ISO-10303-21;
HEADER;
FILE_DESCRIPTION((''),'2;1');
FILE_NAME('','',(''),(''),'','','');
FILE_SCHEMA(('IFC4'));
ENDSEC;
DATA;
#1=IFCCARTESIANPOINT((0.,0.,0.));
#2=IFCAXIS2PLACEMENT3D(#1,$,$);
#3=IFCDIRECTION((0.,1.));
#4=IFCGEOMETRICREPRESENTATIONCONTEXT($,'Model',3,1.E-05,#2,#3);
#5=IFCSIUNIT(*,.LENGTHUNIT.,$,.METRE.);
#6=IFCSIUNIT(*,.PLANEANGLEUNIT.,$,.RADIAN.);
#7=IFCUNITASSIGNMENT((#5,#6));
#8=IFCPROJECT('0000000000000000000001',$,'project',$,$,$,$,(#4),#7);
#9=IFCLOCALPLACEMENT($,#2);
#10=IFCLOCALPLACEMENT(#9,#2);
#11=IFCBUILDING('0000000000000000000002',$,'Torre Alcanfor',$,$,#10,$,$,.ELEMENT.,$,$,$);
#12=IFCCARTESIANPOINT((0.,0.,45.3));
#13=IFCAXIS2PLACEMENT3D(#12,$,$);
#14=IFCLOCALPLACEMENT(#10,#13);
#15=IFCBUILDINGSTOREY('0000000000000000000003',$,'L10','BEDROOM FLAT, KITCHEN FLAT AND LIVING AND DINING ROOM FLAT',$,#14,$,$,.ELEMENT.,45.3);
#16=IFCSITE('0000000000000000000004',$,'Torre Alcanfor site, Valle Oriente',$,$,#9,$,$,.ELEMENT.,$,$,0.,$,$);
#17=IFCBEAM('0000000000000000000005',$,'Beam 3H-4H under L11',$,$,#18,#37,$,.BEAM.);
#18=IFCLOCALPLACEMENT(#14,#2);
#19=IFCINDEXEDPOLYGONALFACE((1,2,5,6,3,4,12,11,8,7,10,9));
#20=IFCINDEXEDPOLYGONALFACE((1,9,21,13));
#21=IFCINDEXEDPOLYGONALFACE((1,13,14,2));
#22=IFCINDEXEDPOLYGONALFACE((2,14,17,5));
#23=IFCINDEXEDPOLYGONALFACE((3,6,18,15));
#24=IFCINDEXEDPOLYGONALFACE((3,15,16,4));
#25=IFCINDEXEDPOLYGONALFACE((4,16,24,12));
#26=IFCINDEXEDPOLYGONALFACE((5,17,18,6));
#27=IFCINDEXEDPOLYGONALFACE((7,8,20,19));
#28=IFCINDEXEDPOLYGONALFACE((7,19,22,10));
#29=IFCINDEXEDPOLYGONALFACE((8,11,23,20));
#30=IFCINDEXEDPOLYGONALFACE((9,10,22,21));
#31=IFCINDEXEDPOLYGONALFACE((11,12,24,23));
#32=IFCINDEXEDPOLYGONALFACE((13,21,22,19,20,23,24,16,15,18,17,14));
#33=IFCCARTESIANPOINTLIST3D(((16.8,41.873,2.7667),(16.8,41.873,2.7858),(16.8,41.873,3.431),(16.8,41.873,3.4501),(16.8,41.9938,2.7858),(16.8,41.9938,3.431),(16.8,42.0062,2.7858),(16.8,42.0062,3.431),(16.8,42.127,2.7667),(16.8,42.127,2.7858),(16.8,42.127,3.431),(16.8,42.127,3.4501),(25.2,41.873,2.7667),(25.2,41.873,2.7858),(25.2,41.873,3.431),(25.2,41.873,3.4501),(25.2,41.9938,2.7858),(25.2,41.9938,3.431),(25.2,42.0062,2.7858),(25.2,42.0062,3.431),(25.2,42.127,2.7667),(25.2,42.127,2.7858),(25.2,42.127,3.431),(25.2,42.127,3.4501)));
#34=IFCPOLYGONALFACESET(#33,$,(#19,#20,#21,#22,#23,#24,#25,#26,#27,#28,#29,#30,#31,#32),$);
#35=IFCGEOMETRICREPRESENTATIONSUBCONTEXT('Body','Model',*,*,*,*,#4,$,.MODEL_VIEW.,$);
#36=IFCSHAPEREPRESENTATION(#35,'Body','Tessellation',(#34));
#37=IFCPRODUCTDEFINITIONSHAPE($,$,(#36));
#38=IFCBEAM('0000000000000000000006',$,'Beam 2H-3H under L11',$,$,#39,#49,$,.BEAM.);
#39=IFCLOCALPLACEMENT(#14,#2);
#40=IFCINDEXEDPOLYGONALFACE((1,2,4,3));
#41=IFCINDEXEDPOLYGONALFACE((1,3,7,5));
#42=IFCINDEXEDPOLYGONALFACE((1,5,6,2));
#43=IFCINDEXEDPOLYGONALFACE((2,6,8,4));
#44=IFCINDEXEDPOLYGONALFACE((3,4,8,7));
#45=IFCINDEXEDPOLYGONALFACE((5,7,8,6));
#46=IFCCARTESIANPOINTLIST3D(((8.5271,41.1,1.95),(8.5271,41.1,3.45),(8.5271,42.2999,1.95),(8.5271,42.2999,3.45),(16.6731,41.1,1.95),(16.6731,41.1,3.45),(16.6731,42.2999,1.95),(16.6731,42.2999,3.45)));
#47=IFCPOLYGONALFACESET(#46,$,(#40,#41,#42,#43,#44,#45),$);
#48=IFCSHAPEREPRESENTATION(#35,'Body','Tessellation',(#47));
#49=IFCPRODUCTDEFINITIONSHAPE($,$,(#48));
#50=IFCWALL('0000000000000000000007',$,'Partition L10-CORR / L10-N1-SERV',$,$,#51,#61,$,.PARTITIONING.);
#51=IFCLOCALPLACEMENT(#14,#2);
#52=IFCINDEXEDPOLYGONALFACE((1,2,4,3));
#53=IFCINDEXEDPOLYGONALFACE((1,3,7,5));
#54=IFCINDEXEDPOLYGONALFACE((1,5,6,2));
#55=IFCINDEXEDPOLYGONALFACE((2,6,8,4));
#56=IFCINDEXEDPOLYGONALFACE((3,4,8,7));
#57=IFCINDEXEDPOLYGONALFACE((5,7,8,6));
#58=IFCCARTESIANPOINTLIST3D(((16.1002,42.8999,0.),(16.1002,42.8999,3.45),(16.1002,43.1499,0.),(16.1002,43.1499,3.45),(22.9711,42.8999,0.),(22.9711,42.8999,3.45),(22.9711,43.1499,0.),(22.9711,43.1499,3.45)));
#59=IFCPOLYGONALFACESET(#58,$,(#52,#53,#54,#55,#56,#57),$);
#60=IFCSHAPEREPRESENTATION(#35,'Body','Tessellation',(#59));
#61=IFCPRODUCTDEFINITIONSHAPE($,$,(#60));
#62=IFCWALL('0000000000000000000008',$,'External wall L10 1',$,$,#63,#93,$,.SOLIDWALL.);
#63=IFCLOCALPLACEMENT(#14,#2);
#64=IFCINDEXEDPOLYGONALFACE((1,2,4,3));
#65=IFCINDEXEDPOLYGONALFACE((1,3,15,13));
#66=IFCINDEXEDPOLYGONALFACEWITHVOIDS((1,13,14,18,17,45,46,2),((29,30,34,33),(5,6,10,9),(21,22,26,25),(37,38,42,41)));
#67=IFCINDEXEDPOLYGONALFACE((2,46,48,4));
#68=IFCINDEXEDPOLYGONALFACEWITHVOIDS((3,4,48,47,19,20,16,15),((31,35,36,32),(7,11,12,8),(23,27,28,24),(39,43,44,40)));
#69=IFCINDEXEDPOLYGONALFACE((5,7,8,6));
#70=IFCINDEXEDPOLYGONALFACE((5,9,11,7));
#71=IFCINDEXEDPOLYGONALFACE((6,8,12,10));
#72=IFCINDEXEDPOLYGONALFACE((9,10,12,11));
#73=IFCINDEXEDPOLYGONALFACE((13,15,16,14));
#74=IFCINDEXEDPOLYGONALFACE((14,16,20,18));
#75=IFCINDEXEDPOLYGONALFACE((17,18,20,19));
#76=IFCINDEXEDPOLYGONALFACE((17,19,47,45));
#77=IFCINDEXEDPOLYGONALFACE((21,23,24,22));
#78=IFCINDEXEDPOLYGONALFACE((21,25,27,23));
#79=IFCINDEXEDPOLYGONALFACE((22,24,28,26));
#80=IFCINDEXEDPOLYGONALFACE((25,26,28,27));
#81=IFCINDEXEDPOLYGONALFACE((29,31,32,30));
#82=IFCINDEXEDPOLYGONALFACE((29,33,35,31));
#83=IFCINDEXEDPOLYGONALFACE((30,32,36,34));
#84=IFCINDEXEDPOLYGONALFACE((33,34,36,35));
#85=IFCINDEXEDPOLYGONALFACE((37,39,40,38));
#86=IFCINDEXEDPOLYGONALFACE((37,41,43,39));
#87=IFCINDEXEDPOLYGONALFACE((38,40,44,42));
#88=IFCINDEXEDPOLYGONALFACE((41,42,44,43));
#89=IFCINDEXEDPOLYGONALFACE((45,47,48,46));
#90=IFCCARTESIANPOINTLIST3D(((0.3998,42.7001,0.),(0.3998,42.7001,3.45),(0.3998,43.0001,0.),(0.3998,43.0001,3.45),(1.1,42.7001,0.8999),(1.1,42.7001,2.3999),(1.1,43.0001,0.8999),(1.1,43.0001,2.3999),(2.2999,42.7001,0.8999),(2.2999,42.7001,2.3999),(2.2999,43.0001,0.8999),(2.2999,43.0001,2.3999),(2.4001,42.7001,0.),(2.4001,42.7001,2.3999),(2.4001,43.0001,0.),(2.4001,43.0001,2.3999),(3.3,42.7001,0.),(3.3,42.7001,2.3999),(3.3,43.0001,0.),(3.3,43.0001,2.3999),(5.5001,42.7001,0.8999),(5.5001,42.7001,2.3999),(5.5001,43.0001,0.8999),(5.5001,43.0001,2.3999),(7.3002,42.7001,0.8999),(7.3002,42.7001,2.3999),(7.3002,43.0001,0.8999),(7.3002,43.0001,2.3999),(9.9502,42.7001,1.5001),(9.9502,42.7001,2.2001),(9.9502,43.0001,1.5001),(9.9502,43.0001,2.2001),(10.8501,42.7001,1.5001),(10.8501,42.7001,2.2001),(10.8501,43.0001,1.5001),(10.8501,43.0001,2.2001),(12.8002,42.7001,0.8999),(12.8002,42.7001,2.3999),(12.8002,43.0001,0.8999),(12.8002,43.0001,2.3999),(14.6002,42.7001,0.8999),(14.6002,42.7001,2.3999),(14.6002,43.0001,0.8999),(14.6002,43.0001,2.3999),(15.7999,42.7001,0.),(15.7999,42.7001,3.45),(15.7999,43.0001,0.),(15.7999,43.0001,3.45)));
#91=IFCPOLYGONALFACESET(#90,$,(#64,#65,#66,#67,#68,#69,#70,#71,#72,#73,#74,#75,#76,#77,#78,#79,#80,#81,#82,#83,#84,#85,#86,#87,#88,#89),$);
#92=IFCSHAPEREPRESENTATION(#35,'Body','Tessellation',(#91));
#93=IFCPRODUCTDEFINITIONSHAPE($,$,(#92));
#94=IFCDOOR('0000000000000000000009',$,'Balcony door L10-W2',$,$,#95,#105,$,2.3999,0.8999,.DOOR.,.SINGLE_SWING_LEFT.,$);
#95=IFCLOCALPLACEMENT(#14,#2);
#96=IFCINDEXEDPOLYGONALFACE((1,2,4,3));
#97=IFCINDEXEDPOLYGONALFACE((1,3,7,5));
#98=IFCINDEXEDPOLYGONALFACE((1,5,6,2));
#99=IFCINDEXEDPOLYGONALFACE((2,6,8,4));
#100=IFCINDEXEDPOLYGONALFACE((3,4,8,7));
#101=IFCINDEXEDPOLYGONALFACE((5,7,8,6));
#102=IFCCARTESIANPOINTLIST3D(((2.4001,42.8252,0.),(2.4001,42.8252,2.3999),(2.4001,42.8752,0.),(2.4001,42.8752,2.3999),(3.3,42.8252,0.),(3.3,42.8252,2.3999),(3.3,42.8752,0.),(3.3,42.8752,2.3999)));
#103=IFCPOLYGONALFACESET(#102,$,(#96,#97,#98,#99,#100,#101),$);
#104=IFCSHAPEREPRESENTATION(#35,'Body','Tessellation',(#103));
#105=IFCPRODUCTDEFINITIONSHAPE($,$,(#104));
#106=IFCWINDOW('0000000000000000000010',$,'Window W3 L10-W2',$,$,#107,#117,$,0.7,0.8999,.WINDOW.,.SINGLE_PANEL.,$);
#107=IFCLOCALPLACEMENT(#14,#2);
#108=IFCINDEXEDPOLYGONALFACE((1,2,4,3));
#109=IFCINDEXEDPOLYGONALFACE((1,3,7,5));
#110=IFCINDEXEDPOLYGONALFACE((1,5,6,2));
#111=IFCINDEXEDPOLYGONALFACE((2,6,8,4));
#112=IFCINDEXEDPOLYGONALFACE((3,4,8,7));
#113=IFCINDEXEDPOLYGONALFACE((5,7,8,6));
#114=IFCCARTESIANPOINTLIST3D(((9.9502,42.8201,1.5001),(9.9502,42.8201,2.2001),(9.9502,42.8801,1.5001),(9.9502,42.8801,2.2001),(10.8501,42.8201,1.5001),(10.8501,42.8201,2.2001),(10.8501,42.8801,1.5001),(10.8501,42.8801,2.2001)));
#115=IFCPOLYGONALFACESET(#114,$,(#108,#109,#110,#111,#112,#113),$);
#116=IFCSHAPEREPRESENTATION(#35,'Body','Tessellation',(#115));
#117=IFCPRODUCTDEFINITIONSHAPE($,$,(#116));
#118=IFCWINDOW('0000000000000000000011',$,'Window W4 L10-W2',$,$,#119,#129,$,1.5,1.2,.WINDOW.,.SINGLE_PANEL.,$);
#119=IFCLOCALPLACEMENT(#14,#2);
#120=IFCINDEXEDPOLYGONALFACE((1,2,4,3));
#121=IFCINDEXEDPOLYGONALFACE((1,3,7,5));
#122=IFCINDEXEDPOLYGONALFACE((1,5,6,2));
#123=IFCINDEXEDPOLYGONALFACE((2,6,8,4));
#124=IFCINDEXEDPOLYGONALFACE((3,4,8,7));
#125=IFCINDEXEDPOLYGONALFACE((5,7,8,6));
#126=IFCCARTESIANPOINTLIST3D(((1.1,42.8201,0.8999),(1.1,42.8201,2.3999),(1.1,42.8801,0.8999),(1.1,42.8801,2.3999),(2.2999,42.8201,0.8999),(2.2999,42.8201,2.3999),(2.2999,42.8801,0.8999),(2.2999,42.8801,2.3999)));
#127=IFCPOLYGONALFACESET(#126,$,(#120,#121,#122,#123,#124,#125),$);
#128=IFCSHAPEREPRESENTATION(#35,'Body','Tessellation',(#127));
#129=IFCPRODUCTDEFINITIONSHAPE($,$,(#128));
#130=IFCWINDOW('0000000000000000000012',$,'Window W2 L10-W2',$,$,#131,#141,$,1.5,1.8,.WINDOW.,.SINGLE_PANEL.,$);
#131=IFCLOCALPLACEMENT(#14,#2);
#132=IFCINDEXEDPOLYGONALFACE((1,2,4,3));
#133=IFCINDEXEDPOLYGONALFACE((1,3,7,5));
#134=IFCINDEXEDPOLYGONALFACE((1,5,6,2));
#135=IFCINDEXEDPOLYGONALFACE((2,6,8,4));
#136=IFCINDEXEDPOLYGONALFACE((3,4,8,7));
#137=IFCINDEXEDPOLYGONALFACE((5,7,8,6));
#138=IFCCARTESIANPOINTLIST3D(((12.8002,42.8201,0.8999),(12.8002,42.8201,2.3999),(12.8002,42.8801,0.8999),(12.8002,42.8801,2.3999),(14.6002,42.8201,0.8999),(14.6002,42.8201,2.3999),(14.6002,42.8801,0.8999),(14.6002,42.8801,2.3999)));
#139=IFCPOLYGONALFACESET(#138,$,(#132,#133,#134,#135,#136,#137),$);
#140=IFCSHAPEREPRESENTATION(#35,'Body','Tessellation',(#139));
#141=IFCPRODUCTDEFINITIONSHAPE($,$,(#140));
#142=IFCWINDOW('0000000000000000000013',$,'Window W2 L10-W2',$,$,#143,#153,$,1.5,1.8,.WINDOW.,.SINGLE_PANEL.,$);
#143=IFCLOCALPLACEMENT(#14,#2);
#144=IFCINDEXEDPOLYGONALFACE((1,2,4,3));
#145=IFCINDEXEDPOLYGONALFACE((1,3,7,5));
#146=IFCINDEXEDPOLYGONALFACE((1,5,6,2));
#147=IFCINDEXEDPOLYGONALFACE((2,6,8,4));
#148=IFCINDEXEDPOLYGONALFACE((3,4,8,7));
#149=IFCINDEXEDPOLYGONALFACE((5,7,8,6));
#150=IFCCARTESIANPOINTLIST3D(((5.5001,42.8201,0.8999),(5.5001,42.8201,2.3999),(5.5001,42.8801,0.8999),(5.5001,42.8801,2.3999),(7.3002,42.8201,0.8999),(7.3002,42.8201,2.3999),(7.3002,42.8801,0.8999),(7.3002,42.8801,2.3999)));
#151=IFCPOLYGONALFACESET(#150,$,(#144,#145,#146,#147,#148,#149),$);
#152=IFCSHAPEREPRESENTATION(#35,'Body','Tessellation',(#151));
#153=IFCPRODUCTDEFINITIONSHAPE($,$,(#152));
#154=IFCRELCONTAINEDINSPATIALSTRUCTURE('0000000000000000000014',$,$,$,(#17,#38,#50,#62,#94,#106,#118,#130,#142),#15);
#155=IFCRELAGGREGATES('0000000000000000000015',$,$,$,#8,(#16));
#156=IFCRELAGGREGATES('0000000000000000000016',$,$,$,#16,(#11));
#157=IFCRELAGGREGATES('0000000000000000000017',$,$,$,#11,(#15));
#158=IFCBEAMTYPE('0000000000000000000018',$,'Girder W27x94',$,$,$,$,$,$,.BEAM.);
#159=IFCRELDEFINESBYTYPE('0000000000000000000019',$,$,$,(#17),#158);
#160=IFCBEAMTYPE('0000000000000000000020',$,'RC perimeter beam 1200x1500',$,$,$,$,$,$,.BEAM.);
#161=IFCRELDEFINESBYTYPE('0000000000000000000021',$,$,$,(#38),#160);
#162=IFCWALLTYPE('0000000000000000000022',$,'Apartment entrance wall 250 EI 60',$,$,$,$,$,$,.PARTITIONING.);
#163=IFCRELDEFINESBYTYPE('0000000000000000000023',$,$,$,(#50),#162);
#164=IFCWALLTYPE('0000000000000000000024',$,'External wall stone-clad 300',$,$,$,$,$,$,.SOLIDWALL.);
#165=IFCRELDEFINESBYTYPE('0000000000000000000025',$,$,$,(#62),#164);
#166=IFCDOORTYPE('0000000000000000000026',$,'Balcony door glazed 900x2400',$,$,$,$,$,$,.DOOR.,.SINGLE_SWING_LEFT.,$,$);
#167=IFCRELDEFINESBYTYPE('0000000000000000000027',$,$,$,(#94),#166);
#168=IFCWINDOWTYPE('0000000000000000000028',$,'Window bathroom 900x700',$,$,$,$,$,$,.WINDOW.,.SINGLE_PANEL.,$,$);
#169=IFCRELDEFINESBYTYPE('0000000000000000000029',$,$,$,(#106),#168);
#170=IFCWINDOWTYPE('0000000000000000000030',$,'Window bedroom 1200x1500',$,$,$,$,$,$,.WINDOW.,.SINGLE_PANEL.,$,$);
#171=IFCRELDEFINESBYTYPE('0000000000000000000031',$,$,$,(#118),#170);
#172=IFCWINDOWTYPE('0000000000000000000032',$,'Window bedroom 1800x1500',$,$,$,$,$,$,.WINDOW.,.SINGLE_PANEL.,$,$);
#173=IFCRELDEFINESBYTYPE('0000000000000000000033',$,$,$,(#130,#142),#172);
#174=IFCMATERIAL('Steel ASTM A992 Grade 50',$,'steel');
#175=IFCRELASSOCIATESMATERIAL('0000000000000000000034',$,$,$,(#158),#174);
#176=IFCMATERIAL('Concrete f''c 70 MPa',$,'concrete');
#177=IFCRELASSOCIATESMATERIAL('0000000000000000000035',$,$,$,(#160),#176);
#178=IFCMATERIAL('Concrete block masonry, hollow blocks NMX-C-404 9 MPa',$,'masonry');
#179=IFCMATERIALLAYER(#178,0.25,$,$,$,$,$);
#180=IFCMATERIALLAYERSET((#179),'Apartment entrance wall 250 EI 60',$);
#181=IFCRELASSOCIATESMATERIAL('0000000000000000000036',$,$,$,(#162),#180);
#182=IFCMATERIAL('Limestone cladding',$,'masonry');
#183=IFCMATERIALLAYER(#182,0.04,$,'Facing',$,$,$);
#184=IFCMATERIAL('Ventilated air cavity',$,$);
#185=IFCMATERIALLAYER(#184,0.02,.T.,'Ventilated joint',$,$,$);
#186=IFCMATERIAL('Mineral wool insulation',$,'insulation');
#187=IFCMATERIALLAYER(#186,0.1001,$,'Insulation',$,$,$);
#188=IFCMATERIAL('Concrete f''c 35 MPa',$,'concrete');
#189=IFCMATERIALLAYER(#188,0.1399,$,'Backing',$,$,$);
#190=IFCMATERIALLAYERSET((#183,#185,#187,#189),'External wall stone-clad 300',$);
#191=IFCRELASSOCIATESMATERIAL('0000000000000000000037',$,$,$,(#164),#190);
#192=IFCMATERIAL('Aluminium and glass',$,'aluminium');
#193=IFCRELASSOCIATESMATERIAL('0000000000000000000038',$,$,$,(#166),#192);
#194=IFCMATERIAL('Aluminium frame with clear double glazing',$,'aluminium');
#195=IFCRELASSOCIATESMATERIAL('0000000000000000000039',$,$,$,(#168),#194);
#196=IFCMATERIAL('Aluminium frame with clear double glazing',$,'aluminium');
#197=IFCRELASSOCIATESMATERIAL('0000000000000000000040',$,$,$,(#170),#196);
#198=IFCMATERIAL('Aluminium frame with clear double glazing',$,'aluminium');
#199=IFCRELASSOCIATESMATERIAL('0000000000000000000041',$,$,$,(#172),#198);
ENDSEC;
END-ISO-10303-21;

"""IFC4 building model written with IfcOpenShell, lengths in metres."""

from ifc_helpers import new_model, si_unit, direction, frame, frame_2d, origin, origin_2d, place, context, subcontext, project, spatial, rectangle, i_section, extrude, material, layer, layer_set, material_profile, profile_set, type_object, element, fill, save


model = new_model("IFC4")

# Units and contexts
model_context = context("Model", 3, precision=1e-05, world=origin(), true_north=direction((0.0, 1.0)))
body_context = subcontext(model_context, "Body", "Model", "MODEL_VIEW")
ifc_project = project(units=[si_unit("LENGTHUNIT", "METRE"), si_unit("PLANEANGLEUNIT", "RADIAN")], contexts=[model_context])

# Site, building, storey
site_placement = place(None, origin())
site = spatial("IfcSite", under=ifc_project, at=site_placement, Name="Torre Alcanfor site, Valle Oriente", CompositionType="ELEMENT", RefElevation=0.0)
building_placement = place(site_placement, origin())
building = spatial("IfcBuilding", under=site, at=building_placement, Name="Torre Alcanfor", CompositionType="ELEMENT")
storey_placement = place(building_placement, frame((0.0, 0.0, 45.3)))
storey = spatial("IfcBuildingStorey", under=building, at=storey_placement, Name="L10", Description="BEDROOM FLAT, KITCHEN FLAT AND LIVING AND DINING ROOM FLAT", CompositionType="ELEMENT", Elevation=45.3)

# Beams
ifc_material_1 = material(Name="Steel ASTM A992 Grade 50", Category="steel")
ifc_material_profile_1 = material_profile(ifc_material_1, i_section(OverallWidth=0.2539, OverallDepth=0.6833, WebThickness=0.0125, FlangeThickness=0.019, at=origin_2d()), Name="W27x94")
ifc_profile_set_1 = profile_set([ifc_material_profile_1], Name="Steel ASTM A992 Grade 50")
beam_type_1 = type_object("IfcBeamType", Name="Girder W27x94", PredefinedType="BEAM", material=ifc_profile_set_1)
beam_1_placement = place(storey_placement, frame((16.8, 42.0, 3.1084), z_axis=(1.0, 0.0, 0.0), x_axis=(0.0, 1.0, 0.0)))
element("IfcBeam", 1, at=beam_1_placement, inside=storey, type_object=beam_type_1, Name="Beam 3H-4H under L11", PredefinedType="BEAM", context=body_context, shape_type="SweptSolid", body=[
    extrude(i_section(OverallWidth=0.2539, OverallDepth=0.6833, WebThickness=0.0125, FlangeThickness=0.019, at=origin_2d()), origin(), (0.0, 0.0, 1.0), 8.3999),
])
ifc_material_2 = material(Name="Concrete f'c 70 MPa", Category="concrete")
ifc_material_profile_2 = material_profile(ifc_material_2, rectangle(XDim=1.2, YDim=1.5, at=origin_2d()), Name="1200x1500")
ifc_profile_set_2 = profile_set([ifc_material_profile_2], Name="Concrete f'c 70 MPa")
beam_type_2 = type_object("IfcBeamType", Name="RC perimeter beam 1200x1500", PredefinedType="BEAM", material=ifc_profile_set_2)
beam_2_placement = place(storey_placement, frame((8.5271, 41.7, 2.7), z_axis=(1.0, 0.0, 0.0), x_axis=(0.0, 1.0, 0.0)))
element("IfcBeam", 2, at=beam_2_placement, inside=storey, type_object=beam_type_2, Name="Beam 2H-3H under L11", PredefinedType="BEAM", context=body_context, shape_type="SweptSolid", body=[
    extrude(rectangle(XDim=1.2, YDim=1.5, at=origin_2d()), origin(), (0.0, 0.0, 1.0), 8.146),
])

# Wall
ifc_material_3 = material(Name="Concrete block masonry, hollow blocks NMX-C-404 9 MPa", Category="masonry")
ifc_layer_1 = layer(ifc_material_3, 0.25)
ifc_layer_set_1 = layer_set([ifc_layer_1], Name="Apartment entrance wall 250 EI 60")
wall_type_1 = type_object("IfcWallType", Name="Apartment entrance wall 250 EI 60", PredefinedType="PARTITIONING", material=ifc_layer_set_1)
wall_1_placement = place(storey_placement, frame((16.1001, 43.0249, 0.0), z_axis=(0.0, 0.0, 1.0), x_axis=(1.0, 0.0, 0.0)))
element("IfcWall", 3, at=wall_1_placement, inside=storey, type_object=wall_type_1, Name="Partition L10-CORR / L10-N1-SERV", PredefinedType="PARTITIONING", context=body_context, shape_type="SweptSolid", body=[
    extrude(rectangle(XDim=6.8708, YDim=0.25, at=frame_2d((3.4355, 0.0))), origin(), (0.0, 0.0, 1.0), 3.45),
])

# Wall, openings, door, windows
ifc_material_4 = material(Name="Limestone cladding", Category="masonry")
ifc_layer_2 = layer(ifc_material_4, 0.04, Name="Facing")
ifc_material_5 = material(Name="Ventilated air cavity")
ifc_layer_3 = layer(ifc_material_5, 0.02, ventilated=True, Name="Ventilated joint")
ifc_material_6 = material(Name="Mineral wool insulation", Category="insulation")
ifc_layer_4 = layer(ifc_material_6, 0.1001, Name="Insulation")
ifc_material_7 = material(Name="Concrete f'c 35 MPa", Category="concrete")
ifc_layer_5 = layer(ifc_material_7, 0.1399, Name="Backing")
ifc_layer_set_2 = layer_set([ifc_layer_2, ifc_layer_3, ifc_layer_4, ifc_layer_5], Name="External wall stone-clad 300")
wall_type_2 = type_object("IfcWallType", Name="External wall stone-clad 300", PredefinedType="SOLIDWALL", material=ifc_layer_set_2)
wall_2_placement = place(storey_placement, frame((15.8, 42.8501, 0.0), z_axis=(0.0, 0.0, 1.0), x_axis=(-1.0, 0.0, 0.0)))
wall_2 = element("IfcWall", 4, at=wall_2_placement, inside=storey, type_object=wall_type_2, Name="External wall L10 1", PredefinedType="SOLIDWALL", context=body_context, shape_type="SweptSolid", body=[
    extrude(rectangle(XDim=15.4001, YDim=0.3, at=frame_2d((7.7002, 0.0))), origin(), (0.0, 0.0, 1.0), 3.45),
])
opening_1_placement = place(wall_2_placement, frame((1.2, 0.0, 0.8999)))
opening_1 = element("IfcOpeningElement", 5, at=opening_1_placement, cuts=wall_2, PredefinedType="OPENING", context=body_context, shape_type="SweptSolid", body=[
    extrude(rectangle(XDim=1.8, YDim=1.5, at=frame_2d((0.8999, 0.75))), frame((0.0, 0.1599, 0.0), z_axis=(0.0, -1.0, 0.0), x_axis=(1.0, 0.0, 0.0)), (0.0, 0.0, 1.0), 0.3201),
])
opening_2_placement = place(wall_2_placement, frame((4.95, 0.0, 1.5)))
opening_2 = element("IfcOpeningElement", 6, at=opening_2_placement, cuts=wall_2, PredefinedType="OPENING", context=body_context, shape_type="SweptSolid", body=[
    extrude(rectangle(XDim=0.8999, YDim=0.7, at=frame_2d((0.45, 0.3501))), frame((0.0, 0.1599, 0.0), z_axis=(0.0, -1.0, 0.0), x_axis=(1.0, 0.0, 0.0)), (0.0, 0.0, 1.0), 0.3201),
])
opening_3_placement = place(wall_2_placement, frame((8.5, 0.0, 0.8999)))
opening_3 = element("IfcOpeningElement", 7, at=opening_3_placement, cuts=wall_2, PredefinedType="OPENING", context=body_context, shape_type="SweptSolid", body=[
    extrude(rectangle(XDim=1.8, YDim=1.5, at=frame_2d((0.8999, 0.75))), frame((0.0, 0.1599, 0.0), z_axis=(0.0, -1.0, 0.0), x_axis=(1.0, 0.0, 0.0)), (0.0, 0.0, 1.0), 0.3201),
])
opening_4_placement = place(wall_2_placement, frame((12.5, 0.0, 0.0)))
opening_4 = element("IfcOpeningElement", 8, at=opening_4_placement, cuts=wall_2, PredefinedType="OPENING", context=body_context, shape_type="SweptSolid", body=[
    extrude(rectangle(XDim=0.8999, YDim=2.3999, at=frame_2d((0.45, 1.2))), frame((0.0, 0.1599, 0.0), z_axis=(0.0, -1.0, 0.0), x_axis=(1.0, 0.0, 0.0)), (0.0, 0.0, 1.0), 0.3201),
])
opening_5_placement = place(wall_2_placement, frame((13.5, 0.0, 0.8999)))
opening_5 = element("IfcOpeningElement", 9, at=opening_5_placement, cuts=wall_2, PredefinedType="OPENING", context=body_context, shape_type="SweptSolid", body=[
    extrude(rectangle(XDim=1.2, YDim=1.5, at=frame_2d((0.6001, 0.75))), frame((0.0, 0.1599, 0.0), z_axis=(0.0, -1.0, 0.0), x_axis=(1.0, 0.0, 0.0)), (0.0, 0.0, 1.0), 0.3201),
])
ifc_material_8 = material(Name="Aluminium and glass", Category="aluminium")
door_type = type_object("IfcDoorType", Name="Balcony door glazed 900x2400", OperationType="SINGLE_SWING_LEFT", PredefinedType="DOOR", material=ifc_material_8)
door_1_placement = place(opening_4_placement, origin())
door_1 = element("IfcDoor", 10, at=door_1_placement, inside=storey, type_object=door_type, Name="Balcony door L10-W2", OperationType="SINGLE_SWING_LEFT", OverallHeight=2.3999, OverallWidth=0.8999, PredefinedType="DOOR", context=body_context, shape_type="SweptSolid", body=[
    extrude(rectangle(XDim=0.8999, YDim=2.3999, at=frame_2d((0.45, 1.2))), frame((0.0, 0.0249, 0.0), z_axis=(0.0, -1.0, 0.0), x_axis=(1.0, 0.0, 0.0)), (0.0, 0.0, 1.0), 0.05),
])
fill(opening_4, door_1)
ifc_material_9 = material(Name="Aluminium frame with clear double glazing", Category="aluminium")
window_type_1 = type_object("IfcWindowType", Name="Window bathroom 900x700", PartitioningType="SINGLE_PANEL", PredefinedType="WINDOW", material=ifc_material_9)
window_1_placement = place(opening_2_placement, origin())
window_1 = element("IfcWindow", 11, at=window_1_placement, inside=storey, type_object=window_type_1, Name="Window W3 L10-W2", OverallHeight=0.7, OverallWidth=0.8999, PartitioningType="SINGLE_PANEL", PredefinedType="WINDOW", context=body_context, shape_type="SweptSolid", body=[
    extrude(rectangle(XDim=0.8999, YDim=0.7, at=frame_2d((0.45, 0.3501))), frame((0.0, 0.03, 0.0), z_axis=(0.0, -1.0, 0.0), x_axis=(1.0, 0.0, 0.0)), (0.0, 0.0, 1.0), 0.0601),
])
fill(opening_2, window_1)
ifc_material_10 = material(Name="Aluminium frame with clear double glazing", Category="aluminium")
window_type_2 = type_object("IfcWindowType", Name="Window bedroom 1200x1500", PartitioningType="SINGLE_PANEL", PredefinedType="WINDOW", material=ifc_material_10)
window_2_placement = place(opening_5_placement, origin())
window_2 = element("IfcWindow", 12, at=window_2_placement, inside=storey, type_object=window_type_2, Name="Window W4 L10-W2", OverallHeight=1.5, OverallWidth=1.2, PartitioningType="SINGLE_PANEL", PredefinedType="WINDOW", context=body_context, shape_type="SweptSolid", body=[
    extrude(rectangle(XDim=1.2, YDim=1.5, at=frame_2d((0.6001, 0.75))), frame((0.0, 0.03, 0.0), z_axis=(0.0, -1.0, 0.0), x_axis=(1.0, 0.0, 0.0)), (0.0, 0.0, 1.0), 0.0601),
])
fill(opening_5, window_2)
ifc_material_11 = material(Name="Aluminium frame with clear double glazing", Category="aluminium")
window_type_3 = type_object("IfcWindowType", Name="Window bedroom 1800x1500", PartitioningType="SINGLE_PANEL", PredefinedType="WINDOW", material=ifc_material_11)
window_3_placement = place(opening_1_placement, origin())
window_3 = element("IfcWindow", 13, at=window_3_placement, inside=storey, type_object=window_type_3, Name="Window W2 L10-W2", OverallHeight=1.5, OverallWidth=1.8, PartitioningType="SINGLE_PANEL", PredefinedType="WINDOW", context=body_context, shape_type="SweptSolid", body=[
    extrude(rectangle(XDim=1.8, YDim=1.5, at=frame_2d((0.8999, 0.75))), frame((0.0, 0.03, 0.0), z_axis=(0.0, -1.0, 0.0), x_axis=(1.0, 0.0, 0.0)), (0.0, 0.0, 1.0), 0.0601),
])
fill(opening_1, window_3)
window_4_placement = place(opening_3_placement, origin())
window_4 = element("IfcWindow", 14, at=window_4_placement, inside=storey, type_object=window_type_3, Name="Window W2 L10-W2", OverallHeight=1.5, OverallWidth=1.8, PartitioningType="SINGLE_PANEL", PredefinedType="WINDOW", context=body_context, shape_type="SweptSolid", body=[
    extrude(rectangle(XDim=1.8, YDim=1.5, at=frame_2d((0.8999, 0.75))), frame((0.0, 0.03, 0.0), z_axis=(0.0, -1.0, 0.0), x_axis=(1.0, 0.0, 0.0)), (0.0, 0.0, 1.0), 0.0601),
])
fill(opening_3, window_4)

save(model, "model.ifc")
